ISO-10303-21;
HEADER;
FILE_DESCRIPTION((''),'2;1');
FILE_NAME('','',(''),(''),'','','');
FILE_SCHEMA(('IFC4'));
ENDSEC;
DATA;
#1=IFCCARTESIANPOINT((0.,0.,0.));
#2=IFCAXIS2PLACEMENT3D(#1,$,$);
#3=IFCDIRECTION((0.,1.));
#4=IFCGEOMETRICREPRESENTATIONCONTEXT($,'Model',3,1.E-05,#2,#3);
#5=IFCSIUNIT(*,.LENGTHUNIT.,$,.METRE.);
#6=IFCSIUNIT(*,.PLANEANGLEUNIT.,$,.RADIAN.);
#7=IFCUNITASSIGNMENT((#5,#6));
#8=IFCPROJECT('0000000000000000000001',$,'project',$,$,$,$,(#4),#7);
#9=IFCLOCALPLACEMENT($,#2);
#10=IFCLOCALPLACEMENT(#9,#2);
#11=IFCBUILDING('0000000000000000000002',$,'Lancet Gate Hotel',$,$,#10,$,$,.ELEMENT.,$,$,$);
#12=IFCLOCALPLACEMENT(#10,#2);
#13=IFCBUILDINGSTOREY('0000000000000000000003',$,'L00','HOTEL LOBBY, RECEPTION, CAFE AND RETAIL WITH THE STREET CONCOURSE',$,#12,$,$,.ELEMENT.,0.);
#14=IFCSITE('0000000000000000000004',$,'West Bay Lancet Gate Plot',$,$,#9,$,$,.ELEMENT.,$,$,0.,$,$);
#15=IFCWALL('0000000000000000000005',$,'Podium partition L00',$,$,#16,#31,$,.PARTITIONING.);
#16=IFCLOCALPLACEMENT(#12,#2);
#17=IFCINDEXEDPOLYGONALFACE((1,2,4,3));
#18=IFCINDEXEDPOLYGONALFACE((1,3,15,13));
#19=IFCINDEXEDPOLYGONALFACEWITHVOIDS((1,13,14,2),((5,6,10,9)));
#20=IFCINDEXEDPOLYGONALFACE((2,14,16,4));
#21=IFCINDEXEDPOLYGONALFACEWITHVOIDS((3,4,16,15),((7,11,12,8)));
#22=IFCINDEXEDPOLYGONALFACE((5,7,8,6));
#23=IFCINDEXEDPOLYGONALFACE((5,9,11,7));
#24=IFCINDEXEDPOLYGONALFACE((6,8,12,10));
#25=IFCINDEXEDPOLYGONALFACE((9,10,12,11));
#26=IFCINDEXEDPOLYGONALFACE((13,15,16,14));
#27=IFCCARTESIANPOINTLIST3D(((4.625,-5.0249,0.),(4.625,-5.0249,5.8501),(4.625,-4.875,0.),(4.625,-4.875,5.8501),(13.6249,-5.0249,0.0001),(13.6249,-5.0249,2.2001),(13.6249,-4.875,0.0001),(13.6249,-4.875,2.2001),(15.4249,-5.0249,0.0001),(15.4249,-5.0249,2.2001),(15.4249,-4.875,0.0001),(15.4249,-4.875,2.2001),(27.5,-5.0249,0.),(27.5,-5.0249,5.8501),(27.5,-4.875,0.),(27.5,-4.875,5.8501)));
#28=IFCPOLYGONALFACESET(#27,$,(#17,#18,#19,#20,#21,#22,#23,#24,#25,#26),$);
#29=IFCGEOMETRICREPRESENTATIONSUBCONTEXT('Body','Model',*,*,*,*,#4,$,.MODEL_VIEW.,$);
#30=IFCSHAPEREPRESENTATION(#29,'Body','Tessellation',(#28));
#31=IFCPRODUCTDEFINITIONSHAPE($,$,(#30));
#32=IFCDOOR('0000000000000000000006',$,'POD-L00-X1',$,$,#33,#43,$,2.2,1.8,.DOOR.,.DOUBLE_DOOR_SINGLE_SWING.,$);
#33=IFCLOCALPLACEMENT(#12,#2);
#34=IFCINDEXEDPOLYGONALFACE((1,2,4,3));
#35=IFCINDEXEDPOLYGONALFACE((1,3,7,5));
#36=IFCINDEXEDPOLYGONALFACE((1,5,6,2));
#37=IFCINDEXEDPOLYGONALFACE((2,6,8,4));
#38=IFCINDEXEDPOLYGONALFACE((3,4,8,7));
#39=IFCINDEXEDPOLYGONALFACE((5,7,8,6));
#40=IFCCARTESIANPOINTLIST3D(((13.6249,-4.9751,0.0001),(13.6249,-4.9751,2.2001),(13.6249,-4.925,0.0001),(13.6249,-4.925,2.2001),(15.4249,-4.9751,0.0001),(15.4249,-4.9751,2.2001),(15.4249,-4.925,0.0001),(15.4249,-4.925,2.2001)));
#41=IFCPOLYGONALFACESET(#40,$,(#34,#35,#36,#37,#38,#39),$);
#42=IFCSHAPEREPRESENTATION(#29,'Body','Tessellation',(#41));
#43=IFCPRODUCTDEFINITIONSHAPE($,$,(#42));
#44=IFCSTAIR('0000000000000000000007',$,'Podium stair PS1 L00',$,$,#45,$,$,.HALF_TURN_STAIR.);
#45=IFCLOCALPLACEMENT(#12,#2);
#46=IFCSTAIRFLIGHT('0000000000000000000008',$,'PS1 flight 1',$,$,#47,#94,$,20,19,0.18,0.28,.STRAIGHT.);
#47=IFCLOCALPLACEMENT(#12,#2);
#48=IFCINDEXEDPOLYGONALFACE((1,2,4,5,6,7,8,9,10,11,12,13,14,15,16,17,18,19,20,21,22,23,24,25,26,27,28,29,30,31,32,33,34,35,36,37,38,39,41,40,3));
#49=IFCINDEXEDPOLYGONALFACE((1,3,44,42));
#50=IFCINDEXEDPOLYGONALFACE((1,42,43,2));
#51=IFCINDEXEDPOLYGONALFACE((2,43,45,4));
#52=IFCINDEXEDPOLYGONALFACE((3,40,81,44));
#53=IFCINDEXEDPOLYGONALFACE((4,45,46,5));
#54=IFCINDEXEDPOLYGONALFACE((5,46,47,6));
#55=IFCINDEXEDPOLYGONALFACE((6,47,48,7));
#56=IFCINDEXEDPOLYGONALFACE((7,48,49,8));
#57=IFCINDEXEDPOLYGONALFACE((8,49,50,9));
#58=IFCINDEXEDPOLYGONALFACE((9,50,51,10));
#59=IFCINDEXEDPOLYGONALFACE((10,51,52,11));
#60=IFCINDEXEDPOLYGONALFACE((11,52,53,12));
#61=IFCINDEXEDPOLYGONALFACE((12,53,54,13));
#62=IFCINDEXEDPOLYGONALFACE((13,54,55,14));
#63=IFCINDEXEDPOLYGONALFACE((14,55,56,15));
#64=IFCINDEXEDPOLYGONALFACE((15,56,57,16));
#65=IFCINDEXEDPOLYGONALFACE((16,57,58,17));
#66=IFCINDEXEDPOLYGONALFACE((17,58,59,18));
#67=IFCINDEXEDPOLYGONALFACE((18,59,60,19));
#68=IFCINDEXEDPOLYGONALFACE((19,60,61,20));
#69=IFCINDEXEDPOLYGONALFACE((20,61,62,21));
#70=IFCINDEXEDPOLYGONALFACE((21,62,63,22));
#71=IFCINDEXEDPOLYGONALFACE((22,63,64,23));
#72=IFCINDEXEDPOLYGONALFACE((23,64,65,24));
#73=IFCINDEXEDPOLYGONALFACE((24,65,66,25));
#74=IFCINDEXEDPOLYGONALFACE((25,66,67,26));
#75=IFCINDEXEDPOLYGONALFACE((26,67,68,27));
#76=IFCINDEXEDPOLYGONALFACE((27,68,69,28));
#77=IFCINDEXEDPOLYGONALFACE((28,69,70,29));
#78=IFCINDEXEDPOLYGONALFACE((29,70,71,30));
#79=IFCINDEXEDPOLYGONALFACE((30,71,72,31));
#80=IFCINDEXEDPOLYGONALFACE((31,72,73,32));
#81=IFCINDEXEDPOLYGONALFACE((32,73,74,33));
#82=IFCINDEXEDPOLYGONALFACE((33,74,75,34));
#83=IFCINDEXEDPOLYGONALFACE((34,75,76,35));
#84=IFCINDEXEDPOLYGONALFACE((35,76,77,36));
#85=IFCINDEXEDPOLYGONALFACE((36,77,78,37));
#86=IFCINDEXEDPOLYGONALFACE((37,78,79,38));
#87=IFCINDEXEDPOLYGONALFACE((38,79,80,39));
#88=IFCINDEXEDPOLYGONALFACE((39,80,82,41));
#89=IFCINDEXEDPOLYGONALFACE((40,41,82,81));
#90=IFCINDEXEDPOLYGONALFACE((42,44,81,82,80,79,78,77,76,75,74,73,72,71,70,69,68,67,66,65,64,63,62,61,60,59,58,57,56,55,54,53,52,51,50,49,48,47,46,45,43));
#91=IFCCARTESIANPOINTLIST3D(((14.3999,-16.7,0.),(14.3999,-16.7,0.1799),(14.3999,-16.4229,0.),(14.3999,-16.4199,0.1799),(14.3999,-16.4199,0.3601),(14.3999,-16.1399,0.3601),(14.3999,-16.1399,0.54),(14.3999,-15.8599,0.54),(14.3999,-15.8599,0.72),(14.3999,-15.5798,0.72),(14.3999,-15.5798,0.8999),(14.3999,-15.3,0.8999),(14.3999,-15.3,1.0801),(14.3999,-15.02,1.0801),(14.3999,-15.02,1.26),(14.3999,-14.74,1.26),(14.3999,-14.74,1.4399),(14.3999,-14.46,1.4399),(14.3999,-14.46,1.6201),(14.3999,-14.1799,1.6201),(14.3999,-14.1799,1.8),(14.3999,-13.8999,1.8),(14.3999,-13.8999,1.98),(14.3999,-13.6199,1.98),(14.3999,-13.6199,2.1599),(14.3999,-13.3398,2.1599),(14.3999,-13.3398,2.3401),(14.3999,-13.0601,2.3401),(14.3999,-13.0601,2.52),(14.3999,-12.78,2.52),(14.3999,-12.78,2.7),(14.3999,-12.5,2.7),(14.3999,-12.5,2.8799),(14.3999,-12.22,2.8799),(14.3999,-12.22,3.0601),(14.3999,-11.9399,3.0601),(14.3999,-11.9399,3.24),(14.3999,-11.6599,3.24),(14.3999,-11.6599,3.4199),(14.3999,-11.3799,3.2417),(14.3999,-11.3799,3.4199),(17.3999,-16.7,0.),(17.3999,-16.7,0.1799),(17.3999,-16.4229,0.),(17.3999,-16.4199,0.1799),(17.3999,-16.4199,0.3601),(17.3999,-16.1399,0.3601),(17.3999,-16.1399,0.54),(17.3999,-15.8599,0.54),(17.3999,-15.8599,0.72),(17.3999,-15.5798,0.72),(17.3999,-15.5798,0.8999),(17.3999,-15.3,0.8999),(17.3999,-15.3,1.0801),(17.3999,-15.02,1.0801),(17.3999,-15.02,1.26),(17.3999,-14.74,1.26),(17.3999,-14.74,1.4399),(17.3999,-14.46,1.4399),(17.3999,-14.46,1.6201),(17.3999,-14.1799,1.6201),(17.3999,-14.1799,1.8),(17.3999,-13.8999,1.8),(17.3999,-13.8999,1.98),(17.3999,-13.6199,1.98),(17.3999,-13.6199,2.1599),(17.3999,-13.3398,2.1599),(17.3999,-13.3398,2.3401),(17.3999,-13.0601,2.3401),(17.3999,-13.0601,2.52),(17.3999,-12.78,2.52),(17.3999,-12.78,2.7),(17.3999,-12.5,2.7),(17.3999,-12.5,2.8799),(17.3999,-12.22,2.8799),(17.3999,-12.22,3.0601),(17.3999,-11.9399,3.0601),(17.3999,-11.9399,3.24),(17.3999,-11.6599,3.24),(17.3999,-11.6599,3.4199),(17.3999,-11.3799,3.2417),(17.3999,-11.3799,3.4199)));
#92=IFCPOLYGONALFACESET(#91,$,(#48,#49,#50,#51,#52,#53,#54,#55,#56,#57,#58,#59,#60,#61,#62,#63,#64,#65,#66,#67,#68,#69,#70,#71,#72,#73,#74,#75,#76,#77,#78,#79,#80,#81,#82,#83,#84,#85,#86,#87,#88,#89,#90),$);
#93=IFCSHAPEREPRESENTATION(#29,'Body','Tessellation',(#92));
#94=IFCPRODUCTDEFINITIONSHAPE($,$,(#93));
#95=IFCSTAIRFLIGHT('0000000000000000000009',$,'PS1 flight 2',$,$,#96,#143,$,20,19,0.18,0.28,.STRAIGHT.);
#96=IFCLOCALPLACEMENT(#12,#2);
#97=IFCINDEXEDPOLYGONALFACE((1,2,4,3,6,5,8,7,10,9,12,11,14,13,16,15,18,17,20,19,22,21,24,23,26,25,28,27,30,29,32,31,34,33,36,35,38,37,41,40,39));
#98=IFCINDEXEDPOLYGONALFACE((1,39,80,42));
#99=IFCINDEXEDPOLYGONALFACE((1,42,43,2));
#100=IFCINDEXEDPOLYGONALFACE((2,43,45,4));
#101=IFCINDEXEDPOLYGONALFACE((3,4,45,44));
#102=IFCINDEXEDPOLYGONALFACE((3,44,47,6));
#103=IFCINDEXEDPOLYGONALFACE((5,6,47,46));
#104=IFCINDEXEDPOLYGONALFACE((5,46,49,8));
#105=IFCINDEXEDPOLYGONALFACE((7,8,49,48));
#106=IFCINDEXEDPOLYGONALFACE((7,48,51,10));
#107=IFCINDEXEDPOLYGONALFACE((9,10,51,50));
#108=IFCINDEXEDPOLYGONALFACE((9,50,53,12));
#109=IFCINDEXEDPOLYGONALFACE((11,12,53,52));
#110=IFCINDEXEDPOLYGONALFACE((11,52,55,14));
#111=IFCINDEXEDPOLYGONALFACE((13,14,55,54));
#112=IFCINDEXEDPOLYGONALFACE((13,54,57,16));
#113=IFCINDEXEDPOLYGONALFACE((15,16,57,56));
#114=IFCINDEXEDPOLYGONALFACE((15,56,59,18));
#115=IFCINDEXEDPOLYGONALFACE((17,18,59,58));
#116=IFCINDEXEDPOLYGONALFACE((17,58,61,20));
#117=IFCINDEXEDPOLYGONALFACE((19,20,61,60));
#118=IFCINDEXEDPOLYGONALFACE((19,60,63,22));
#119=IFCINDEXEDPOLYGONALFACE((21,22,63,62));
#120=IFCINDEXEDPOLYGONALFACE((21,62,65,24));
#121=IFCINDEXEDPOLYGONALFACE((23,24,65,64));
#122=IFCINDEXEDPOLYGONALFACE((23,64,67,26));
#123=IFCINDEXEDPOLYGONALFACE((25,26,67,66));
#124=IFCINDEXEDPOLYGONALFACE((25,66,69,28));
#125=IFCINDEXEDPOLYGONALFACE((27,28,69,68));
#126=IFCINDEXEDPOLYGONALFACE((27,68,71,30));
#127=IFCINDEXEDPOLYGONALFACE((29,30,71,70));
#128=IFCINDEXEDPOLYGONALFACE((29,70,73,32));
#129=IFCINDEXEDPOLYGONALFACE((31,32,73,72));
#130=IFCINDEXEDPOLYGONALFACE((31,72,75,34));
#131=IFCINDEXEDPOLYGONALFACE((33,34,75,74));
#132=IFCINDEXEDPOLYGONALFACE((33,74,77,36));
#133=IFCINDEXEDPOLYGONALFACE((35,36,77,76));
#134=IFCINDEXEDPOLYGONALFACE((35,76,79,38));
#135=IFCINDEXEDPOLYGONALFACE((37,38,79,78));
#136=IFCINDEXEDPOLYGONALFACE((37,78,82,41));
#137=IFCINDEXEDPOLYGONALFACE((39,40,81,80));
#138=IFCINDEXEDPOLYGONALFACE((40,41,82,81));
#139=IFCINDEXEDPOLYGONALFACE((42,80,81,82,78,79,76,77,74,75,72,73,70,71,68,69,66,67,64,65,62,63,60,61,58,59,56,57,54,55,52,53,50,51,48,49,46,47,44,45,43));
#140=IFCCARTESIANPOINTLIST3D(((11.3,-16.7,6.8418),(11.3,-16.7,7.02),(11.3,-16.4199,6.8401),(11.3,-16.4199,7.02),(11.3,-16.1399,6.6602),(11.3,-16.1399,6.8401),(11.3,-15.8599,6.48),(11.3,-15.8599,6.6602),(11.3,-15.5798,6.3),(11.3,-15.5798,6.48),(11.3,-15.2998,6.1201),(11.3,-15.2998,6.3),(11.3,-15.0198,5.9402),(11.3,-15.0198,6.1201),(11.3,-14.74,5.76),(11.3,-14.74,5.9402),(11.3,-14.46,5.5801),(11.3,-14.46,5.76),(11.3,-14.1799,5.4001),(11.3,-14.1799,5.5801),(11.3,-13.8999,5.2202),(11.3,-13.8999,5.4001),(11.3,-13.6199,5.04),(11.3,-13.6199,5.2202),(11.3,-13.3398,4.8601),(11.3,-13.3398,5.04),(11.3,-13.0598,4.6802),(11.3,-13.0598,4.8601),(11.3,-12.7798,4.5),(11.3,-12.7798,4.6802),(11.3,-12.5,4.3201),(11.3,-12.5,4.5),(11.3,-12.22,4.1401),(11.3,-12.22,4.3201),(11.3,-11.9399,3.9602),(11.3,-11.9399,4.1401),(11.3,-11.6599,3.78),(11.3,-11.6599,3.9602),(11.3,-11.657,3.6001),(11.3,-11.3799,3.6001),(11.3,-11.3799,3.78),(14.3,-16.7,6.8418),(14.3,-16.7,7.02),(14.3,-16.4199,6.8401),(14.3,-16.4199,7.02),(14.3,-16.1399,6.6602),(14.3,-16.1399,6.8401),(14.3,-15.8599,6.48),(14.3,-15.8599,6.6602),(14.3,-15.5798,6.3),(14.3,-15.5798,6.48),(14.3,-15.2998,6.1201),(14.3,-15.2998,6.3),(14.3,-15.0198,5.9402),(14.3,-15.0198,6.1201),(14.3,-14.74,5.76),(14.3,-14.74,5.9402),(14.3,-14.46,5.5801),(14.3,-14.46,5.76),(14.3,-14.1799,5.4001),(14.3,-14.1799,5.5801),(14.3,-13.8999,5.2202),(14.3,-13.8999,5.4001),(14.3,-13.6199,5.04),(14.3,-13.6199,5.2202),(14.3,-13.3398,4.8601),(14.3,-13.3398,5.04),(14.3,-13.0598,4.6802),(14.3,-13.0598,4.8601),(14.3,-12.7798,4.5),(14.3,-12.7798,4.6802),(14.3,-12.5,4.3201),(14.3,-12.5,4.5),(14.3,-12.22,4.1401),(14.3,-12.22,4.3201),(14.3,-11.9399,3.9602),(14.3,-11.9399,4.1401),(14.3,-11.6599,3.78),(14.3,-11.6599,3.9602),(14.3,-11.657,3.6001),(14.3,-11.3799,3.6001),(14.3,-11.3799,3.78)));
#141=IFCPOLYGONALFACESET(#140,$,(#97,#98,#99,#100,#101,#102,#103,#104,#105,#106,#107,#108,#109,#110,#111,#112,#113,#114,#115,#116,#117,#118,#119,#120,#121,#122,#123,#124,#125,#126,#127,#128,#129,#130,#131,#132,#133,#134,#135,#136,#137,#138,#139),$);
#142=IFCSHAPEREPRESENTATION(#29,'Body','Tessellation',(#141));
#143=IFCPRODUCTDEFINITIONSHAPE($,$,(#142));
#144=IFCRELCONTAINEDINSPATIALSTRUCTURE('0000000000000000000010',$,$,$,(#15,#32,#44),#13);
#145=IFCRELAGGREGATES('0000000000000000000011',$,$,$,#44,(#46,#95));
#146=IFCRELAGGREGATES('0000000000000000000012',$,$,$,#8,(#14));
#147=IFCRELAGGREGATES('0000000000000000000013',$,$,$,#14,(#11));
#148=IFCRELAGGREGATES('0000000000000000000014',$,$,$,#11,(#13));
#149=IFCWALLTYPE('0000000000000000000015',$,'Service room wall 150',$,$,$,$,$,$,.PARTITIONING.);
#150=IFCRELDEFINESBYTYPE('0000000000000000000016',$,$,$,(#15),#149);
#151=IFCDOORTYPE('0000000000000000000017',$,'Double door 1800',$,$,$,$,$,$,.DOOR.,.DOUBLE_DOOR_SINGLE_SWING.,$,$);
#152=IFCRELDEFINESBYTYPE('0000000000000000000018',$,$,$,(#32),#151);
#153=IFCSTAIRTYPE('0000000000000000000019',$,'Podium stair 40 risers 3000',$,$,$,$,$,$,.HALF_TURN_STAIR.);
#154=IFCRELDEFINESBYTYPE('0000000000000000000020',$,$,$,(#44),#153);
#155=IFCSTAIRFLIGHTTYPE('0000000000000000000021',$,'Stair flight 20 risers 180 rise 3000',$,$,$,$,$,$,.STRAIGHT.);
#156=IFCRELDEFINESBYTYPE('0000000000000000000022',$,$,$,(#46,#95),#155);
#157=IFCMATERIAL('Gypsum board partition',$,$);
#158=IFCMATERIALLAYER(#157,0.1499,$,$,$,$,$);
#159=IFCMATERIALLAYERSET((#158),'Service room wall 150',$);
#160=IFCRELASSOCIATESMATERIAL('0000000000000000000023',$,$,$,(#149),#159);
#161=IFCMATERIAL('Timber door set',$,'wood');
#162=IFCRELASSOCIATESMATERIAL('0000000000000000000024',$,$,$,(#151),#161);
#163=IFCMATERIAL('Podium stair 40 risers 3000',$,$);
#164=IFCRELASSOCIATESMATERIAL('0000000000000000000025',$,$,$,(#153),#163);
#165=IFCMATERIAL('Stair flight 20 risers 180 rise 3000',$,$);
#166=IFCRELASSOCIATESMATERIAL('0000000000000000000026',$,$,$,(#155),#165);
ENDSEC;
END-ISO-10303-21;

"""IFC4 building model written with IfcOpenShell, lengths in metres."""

from ifc_helpers import new_model, si_unit, direction, frame, frame_2d, origin, place, context, subcontext, project, spatial, polyline, rectangle, outline, extrude, material, layer, layer_set, type_object, element, fill, aggregate, save


model = new_model("IFC4")

# Units and contexts
model_context = context("Model", 3, precision=1e-05, world=origin(), true_north=direction((0.0, 1.0)))
body_context = subcontext(model_context, "Body", "Model", "MODEL_VIEW")
ifc_project = project(units=[si_unit("LENGTHUNIT", "METRE"), si_unit("PLANEANGLEUNIT", "RADIAN")], contexts=[model_context])

# Site, building, storey
site_placement = place(None, origin())
site = spatial("IfcSite", under=ifc_project, at=site_placement, Name="West Bay Lancet Gate Plot", CompositionType="ELEMENT", RefElevation=0.0)
building_placement = place(site_placement, origin())
building = spatial("IfcBuilding", under=site, at=building_placement, Name="Lancet Gate Hotel", CompositionType="ELEMENT")
storey_placement = place(building_placement, origin())
storey = spatial("IfcBuildingStorey", under=building, at=storey_placement, Name="L00", Description="HOTEL LOBBY, RECEPTION, CAFE AND RETAIL WITH THE STREET CONCOURSE", CompositionType="ELEMENT", Elevation=0.0)

# Wall, opening, door
ifc_material_1 = material(Name="Gypsum board partition")
ifc_layer_1 = layer(ifc_material_1, 0.1499)
ifc_layer_set_1 = layer_set([ifc_layer_1], Name="Service room wall 150")
wall_type_1 = type_object("IfcWallType", Name="Service room wall 150", PredefinedType="PARTITIONING", material=ifc_layer_set_1)
wall_1_placement = place(storey_placement, frame((4.625, -4.95, 0.0), z_axis=(0.0, 0.0, 1.0), x_axis=(1.0, 0.0, 0.0)))
wall_1 = element("IfcWall", 1, at=wall_1_placement, inside=storey, type_object=wall_type_1, Name="Podium partition L00", PredefinedType="PARTITIONING", context=body_context, shape_type="SweptSolid", body=[
    extrude(rectangle(XDim=22.875, YDim=0.1499, at=frame_2d((11.4375, 0.0))), origin(), (0.0, 0.0, 1.0), 5.8501),
])
opening_placement = place(wall_1_placement, frame((9.0, 0.0, 0.0)))
opening = element("IfcOpeningElement", 2, at=opening_placement, cuts=wall_1, PredefinedType="OPENING", context=body_context, shape_type="SweptSolid", body=[
    extrude(rectangle(XDim=1.8, YDim=2.2, at=frame_2d((0.8999, 1.1001))), frame((0.0, 0.085, 0.0), z_axis=(0.0, -1.0, 0.0), x_axis=(1.0, 0.0, 0.0)), (0.0, 0.0, 1.0), 0.1699),
])
ifc_material_2 = material(Name="Timber door set", Category="wood")
door_type = type_object("IfcDoorType", Name="Double door 1800", OperationType="DOUBLE_DOOR_SINGLE_SWING", PredefinedType="DOOR", material=ifc_material_2)
door_placement = place(opening_placement, origin())
door = element("IfcDoor", 3, at=door_placement, inside=storey, type_object=door_type, Name="POD-L00-X1", OperationType="DOUBLE_DOOR_SINGLE_SWING", OverallHeight=2.2, OverallWidth=1.8, PredefinedType="DOOR", context=body_context, shape_type="SweptSolid", body=[
    extrude(rectangle(XDim=1.8, YDim=2.2, at=frame_2d((0.8999, 1.1001))), frame((0.0, 0.0249, 0.0), z_axis=(0.0, -1.0, 0.0), x_axis=(1.0, 0.0, 0.0)), (0.0, 0.0, 1.0), 0.05),
])
fill(opening, door)

# Stair, stair flights
ifc_material_3 = material(Name="Podium stair 40 risers 3000")
stair_type_1 = type_object("IfcStairType", Name="Podium stair 40 risers 3000", PredefinedType="HALF_TURN_STAIR", material=ifc_material_3)
stair_1_placement = place(storey_placement, origin())
stair_1 = element("IfcStair", 4, at=stair_1_placement, inside=storey, type_object=stair_type_1, Name="Podium stair PS1 L00", PredefinedType="HALF_TURN_STAIR")
ifc_material_4 = material(Name="Stair flight 20 risers 180 rise 3000")
stair_flight_type = type_object("IfcStairFlightType", Name="Stair flight 20 risers 180 rise 3000", PredefinedType="STRAIGHT", material=ifc_material_4)
stair_flight_1_placement = place(storey_placement, frame((15.8999, -16.7, 0.0), z_axis=(0.0, 0.0, 1.0), x_axis=(0.0, 1.0, 0.0)))
stair_flight_1 = element("IfcStairFlight", 5, at=stair_flight_1_placement, type_object=stair_flight_type, Name="PS1 flight 1", NumberOfRisers=20, NumberOfTreads=19, PredefinedType="STRAIGHT", RiserHeight=0.18, TreadLength=0.28, context=body_context, shape_type="SweptSolid", body=[
    extrude(outline(polyline([(0.0, 0.0), (0.0, 0.1799), (0.28, 0.1799), (0.28, 0.3601), (0.5601, 0.3601), (0.5601, 0.54), (0.8401, 0.54), (0.8401, 0.72), (1.1201, 0.72), (1.1201, 0.8999), (1.3999, 0.8999), (1.3999, 1.0801), (1.6799, 1.0801), (1.6799, 1.26), (1.96, 1.26), (1.96, 1.4399), (2.24, 1.4399), (2.24, 1.6201), (2.52, 1.6201), (2.52, 1.8), (2.8, 1.8), (2.8, 1.98), (3.0801, 1.98), (3.0801, 2.1599), (3.3601, 2.1599), (3.3601, 2.3401), (3.6399, 2.3401), (3.6399, 2.52), (3.9199, 2.52), (3.9199, 2.7), (4.2, 2.7), (4.2, 2.8799), (4.48, 2.8799), (4.48, 3.0601), (4.76, 3.0601), (4.76, 3.24), (5.04, 3.24), (5.04, 3.4199), (5.3201, 3.4199), (5.3201, 3.6001), (5.3201, 3.2417), (0.2771, 0.0), (0.0, 0.0)])), frame((0.0, 1.5, 0.0), z_axis=(0.0, -1.0, 0.0), x_axis=(1.0, 0.0, 0.0)), (0.0, 0.0, 1.0), 3.0),
])
stair_flight_2_placement = place(storey_placement, frame((12.8, -11.3799, 3.6001), z_axis=(0.0, 0.0, 1.0), x_axis=(0.0, -1.0, 0.0)))
stair_flight_2 = element("IfcStairFlight", 6, at=stair_flight_2_placement, type_object=stair_flight_type, Name="PS1 flight 2", NumberOfRisers=20, NumberOfTreads=19, PredefinedType="STRAIGHT", RiserHeight=0.18, TreadLength=0.28, context=body_context, shape_type="SweptSolid", body=[
    extrude(outline(polyline([(0.0, 0.0), (0.0, 0.1799), (0.28, 0.1799), (0.28, 0.3601), (0.5601, 0.3601), (0.5601, 0.54), (0.8401, 0.54), (0.8401, 0.72), (1.1201, 0.72), (1.1201, 0.8999), (1.3999, 0.8999), (1.3999, 1.0801), (1.6799, 1.0801), (1.6799, 1.26), (1.96, 1.26), (1.96, 1.4399), (2.24, 1.4399), (2.24, 1.6201), (2.52, 1.6201), (2.52, 1.8), (2.8, 1.8), (2.8, 1.98), (3.0801, 1.98), (3.0801, 2.1599), (3.3601, 2.1599), (3.3601, 2.3401), (3.6399, 2.3401), (3.6399, 2.52), (3.9199, 2.52), (3.9199, 2.7), (4.2, 2.7), (4.2, 2.8799), (4.48, 2.8799), (4.48, 3.0601), (4.76, 3.0601), (4.76, 3.24), (5.04, 3.24), (5.04, 3.4199), (5.3201, 3.4199), (5.3201, 3.6001), (5.3201, 3.2417), (0.2771, 0.0), (0.0, 0.0)])), frame((0.0, 1.5, 0.0), z_axis=(0.0, -1.0, 0.0), x_axis=(1.0, 0.0, 0.0)), (0.0, 0.0, 1.0), 3.0),
])
aggregate(stair_1, [stair_flight_1, stair_flight_2])

save(model, "model.ifc")
